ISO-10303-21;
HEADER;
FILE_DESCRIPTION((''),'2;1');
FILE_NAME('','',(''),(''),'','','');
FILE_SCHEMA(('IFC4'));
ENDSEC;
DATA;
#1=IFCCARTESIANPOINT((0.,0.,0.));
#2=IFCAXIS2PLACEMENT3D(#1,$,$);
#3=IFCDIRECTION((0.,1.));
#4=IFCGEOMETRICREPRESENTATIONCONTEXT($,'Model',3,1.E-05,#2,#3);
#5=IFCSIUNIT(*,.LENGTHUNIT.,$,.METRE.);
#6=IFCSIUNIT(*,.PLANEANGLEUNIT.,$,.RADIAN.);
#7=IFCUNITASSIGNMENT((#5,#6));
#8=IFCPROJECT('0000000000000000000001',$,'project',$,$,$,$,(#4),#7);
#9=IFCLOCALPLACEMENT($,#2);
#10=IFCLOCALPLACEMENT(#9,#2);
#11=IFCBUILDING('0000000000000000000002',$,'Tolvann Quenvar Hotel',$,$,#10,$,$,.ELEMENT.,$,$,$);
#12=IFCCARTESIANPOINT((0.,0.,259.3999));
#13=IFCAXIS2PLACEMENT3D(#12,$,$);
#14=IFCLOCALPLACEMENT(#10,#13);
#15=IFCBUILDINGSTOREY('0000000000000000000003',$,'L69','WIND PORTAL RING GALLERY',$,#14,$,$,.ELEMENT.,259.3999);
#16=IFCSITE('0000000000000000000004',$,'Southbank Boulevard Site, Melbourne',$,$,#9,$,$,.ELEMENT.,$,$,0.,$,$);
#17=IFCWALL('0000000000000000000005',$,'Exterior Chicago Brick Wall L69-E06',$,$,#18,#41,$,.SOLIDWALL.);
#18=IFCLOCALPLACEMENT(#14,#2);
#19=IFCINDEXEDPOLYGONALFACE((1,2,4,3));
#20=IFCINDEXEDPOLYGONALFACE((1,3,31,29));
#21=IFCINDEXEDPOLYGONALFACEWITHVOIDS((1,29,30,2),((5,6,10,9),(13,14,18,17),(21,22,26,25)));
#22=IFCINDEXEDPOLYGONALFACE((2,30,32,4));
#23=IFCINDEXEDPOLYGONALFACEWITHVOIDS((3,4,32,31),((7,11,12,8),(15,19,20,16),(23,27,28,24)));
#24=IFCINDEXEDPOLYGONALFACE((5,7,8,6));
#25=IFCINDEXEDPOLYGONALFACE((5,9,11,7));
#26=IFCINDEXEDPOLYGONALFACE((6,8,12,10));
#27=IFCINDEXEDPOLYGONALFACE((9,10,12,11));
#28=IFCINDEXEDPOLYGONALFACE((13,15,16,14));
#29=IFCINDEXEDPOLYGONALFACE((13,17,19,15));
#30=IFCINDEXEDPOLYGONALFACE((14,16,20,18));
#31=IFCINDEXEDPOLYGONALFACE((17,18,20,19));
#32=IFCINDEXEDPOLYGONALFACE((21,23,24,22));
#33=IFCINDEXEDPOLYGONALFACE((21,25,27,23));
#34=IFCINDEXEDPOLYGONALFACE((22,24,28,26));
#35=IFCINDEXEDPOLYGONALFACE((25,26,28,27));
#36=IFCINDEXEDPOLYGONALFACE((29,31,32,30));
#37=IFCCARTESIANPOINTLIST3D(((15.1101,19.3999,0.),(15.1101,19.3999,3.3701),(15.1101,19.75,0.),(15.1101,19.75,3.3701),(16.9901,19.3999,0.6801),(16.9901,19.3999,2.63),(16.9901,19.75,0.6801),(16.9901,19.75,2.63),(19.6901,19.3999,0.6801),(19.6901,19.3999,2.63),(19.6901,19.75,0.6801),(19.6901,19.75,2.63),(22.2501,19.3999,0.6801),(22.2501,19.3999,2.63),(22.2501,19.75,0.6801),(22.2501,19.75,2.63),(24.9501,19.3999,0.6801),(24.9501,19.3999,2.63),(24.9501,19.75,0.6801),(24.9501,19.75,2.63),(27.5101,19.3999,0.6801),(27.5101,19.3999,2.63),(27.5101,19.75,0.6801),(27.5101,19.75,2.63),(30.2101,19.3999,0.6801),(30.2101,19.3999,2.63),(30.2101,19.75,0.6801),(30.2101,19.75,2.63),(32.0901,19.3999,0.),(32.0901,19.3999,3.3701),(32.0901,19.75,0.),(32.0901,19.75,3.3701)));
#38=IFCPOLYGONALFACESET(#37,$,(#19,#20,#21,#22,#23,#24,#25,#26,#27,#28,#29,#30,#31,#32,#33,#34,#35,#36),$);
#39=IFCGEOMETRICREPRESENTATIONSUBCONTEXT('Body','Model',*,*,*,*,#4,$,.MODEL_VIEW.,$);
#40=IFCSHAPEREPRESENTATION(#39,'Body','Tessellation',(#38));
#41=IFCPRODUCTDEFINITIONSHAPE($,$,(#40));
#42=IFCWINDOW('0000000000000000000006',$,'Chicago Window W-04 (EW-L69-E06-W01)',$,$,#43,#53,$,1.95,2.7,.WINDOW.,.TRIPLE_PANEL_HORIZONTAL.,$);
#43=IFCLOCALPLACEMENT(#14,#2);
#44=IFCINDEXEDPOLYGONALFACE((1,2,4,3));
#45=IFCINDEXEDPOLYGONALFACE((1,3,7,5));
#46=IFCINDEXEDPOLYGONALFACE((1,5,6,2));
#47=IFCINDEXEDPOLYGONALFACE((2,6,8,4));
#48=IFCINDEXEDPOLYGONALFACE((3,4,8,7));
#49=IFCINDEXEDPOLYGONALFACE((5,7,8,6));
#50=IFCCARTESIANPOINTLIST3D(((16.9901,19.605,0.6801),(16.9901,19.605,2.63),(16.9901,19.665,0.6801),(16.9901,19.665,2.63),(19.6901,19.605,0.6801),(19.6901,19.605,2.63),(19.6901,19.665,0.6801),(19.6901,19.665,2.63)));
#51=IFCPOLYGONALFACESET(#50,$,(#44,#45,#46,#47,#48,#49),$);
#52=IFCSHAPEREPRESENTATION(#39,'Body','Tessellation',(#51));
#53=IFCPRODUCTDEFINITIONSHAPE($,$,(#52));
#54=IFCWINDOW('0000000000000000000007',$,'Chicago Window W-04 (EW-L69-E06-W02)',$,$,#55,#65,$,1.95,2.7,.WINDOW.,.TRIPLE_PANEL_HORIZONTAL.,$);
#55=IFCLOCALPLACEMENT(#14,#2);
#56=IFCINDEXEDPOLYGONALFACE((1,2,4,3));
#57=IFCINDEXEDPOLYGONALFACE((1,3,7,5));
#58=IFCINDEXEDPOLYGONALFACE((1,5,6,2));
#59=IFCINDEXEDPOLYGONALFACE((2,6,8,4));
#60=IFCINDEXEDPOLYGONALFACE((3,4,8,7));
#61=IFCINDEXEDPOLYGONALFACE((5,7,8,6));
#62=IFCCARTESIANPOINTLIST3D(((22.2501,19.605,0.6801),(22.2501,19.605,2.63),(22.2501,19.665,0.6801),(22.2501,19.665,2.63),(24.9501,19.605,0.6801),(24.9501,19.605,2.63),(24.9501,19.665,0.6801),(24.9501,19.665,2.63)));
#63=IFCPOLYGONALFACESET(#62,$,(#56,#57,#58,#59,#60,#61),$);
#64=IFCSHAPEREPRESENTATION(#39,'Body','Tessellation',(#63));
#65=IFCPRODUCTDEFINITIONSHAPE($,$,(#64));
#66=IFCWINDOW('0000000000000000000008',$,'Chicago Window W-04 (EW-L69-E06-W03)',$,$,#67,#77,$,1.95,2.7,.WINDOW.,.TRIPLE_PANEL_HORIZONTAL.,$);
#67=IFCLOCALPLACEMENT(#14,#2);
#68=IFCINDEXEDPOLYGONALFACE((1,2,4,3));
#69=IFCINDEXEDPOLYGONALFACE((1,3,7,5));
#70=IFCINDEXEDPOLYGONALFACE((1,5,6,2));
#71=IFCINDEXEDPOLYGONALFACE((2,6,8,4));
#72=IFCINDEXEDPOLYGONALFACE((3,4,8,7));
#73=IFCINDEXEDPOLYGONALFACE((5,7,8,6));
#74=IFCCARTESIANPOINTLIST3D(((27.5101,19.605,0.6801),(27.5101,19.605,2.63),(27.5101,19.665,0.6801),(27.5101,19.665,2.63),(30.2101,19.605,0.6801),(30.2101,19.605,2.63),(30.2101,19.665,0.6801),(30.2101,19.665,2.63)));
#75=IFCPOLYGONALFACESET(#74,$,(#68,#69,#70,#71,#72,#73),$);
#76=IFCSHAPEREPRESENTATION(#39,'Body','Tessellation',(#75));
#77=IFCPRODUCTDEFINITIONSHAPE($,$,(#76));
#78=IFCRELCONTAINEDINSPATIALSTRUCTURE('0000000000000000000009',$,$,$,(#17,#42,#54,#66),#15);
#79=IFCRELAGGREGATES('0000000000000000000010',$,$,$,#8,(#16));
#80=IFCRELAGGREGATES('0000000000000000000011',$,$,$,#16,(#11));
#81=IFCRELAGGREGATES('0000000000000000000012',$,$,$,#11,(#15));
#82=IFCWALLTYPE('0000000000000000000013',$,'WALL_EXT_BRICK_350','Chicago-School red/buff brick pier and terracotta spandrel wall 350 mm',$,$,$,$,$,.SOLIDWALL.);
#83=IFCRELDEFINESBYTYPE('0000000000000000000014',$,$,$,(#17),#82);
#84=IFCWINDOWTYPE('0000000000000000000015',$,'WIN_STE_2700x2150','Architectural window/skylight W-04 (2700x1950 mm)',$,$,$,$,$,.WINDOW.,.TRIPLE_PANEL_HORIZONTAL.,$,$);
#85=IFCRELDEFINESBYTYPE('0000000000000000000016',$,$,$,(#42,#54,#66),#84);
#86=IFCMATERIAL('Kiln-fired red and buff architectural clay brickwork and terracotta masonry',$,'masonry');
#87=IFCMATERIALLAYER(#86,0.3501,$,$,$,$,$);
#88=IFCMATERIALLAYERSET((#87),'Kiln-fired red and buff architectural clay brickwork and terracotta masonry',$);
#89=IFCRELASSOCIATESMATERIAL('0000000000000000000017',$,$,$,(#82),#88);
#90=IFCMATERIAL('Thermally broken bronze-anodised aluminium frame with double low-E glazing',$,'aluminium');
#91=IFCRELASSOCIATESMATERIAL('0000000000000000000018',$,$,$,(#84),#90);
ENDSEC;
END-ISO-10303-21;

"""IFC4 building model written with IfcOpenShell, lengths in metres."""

from ifc_helpers import new_model, si_unit, direction, frame, frame_2d, origin, place, context, subcontext, project, spatial, rectangle, extrude, source, transform, mapped, material, layer, layer_set, type_object, type_shapes, element, fill, save


model = new_model("IFC4")

# Units and contexts
model_context = context("Model", 3, precision=1e-05, world=origin(), true_north=direction((0.0, 1.0)))
body_context = subcontext(model_context, "Body", "Model", "MODEL_VIEW")
ifc_project = project(units=[si_unit("LENGTHUNIT", "METRE"), si_unit("PLANEANGLEUNIT", "RADIAN")], contexts=[model_context])

# Site, building, storey
site_placement = place(None, origin())
site = spatial("IfcSite", under=ifc_project, at=site_placement, Name="Southbank Boulevard Site, Melbourne", CompositionType="ELEMENT", RefElevation=0.0)
building_placement = place(site_placement, origin())
building = spatial("IfcBuilding", under=site, at=building_placement, Name="Tolvann Quenvar Hotel", CompositionType="ELEMENT")
storey_placement = place(building_placement, frame((0.0, 0.0, 259.3999)))
storey = spatial("IfcBuildingStorey", under=building, at=storey_placement, Name="L69", Description="WIND PORTAL RING GALLERY", CompositionType="ELEMENT", Elevation=259.3999)

# Wall, openings, windows
ifc_material_1 = material(Name="Kiln-fired red and buff architectural clay brickwork and terracotta masonry", Category="masonry")
ifc_layer_1 = layer(ifc_material_1, 0.3501)
ifc_layer_set_1 = layer_set([ifc_layer_1], Name="Kiln-fired red and buff architectural clay brickwork and terracotta masonry")
wall_type = type_object("IfcWallType", Name="WALL_EXT_BRICK_350", Description="Chicago-School red/buff brick pier and terracotta spandrel wall 350 mm", PredefinedType="SOLIDWALL", material=ifc_layer_set_1)
wall_placement = place(storey_placement, frame((15.1101, 19.575, 0.0), z_axis=(0.0, 0.0, 1.0), x_axis=(1.0, 0.0, 0.0)))
wall = element("IfcWall", 1, at=wall_placement, inside=storey, type_object=wall_type, Name="Exterior Chicago Brick Wall L69-E06", PredefinedType="SOLIDWALL", context=body_context, shape_type="SweptSolid", body=[
    extrude(rectangle(XDim=16.98, YDim=0.3501, at=frame_2d((8.49, 0.0))), origin(), (0.0, 0.0, 1.0), 3.3701),
])
opening_1_placement = place(wall_placement, frame((1.8799, 0.0, 0.6799)))
opening_1 = element("IfcOpeningElement", 2, at=opening_1_placement, cuts=wall, PredefinedType="OPENING", context=body_context, shape_type="SweptSolid", body=[
    extrude(rectangle(XDim=2.7, YDim=1.95, at=frame_2d((1.3501, 0.9751))), frame((0.0, 0.1851, 0.0), z_axis=(0.0, -1.0, 0.0), x_axis=(1.0, 0.0, 0.0)), (0.0, 0.0, 1.0), 0.3701),
])
opening_2_placement = place(wall_placement, frame((7.1399, 0.0, 0.6799)))
opening_2 = element("IfcOpeningElement", 3, at=opening_2_placement, cuts=wall, PredefinedType="OPENING", context=body_context, shape_type="SweptSolid", body=[
    extrude(rectangle(XDim=2.7, YDim=1.95, at=frame_2d((1.3501, 0.9751))), frame((0.0, 0.1851, 0.0), z_axis=(0.0, -1.0, 0.0), x_axis=(1.0, 0.0, 0.0)), (0.0, 0.0, 1.0), 0.3701),
])
opening_3_placement = place(wall_placement, frame((12.3999, 0.0, 0.6799)))
opening_3 = element("IfcOpeningElement", 4, at=opening_3_placement, cuts=wall, PredefinedType="OPENING", context=body_context, shape_type="SweptSolid", body=[
    extrude(rectangle(XDim=2.7, YDim=1.95, at=frame_2d((1.3501, 0.9751))), frame((0.0, 0.1851, 0.0), z_axis=(0.0, -1.0, 0.0), x_axis=(1.0, 0.0, 0.0)), (0.0, 0.0, 1.0), 0.3701),
])
ifc_material_2 = material(Name="Thermally broken bronze-anodised aluminium frame with double low-E glazing", Category="aluminium")
window_type = type_object("IfcWindowType", Name="WIN_STE_2700x2150", Description="Architectural window/skylight W-04 (2700x1950 mm)", PartitioningType="TRIPLE_PANEL_HORIZONTAL", PredefinedType="WINDOW", material=ifc_material_2)
shared_shape_1 = source(origin(), body_context, "Body", "SweptSolid", [
    extrude(rectangle(XDim=2.7, YDim=1.95, at=frame_2d((1.3501, 0.9751))), frame((0.0, 0.0901, 0.0), z_axis=(0.0, -1.0, 0.0), x_axis=(1.0, 0.0, 0.0)), (0.0, 0.0, 1.0), 0.0601),
])
type_shapes(window_type, [shared_shape_1])
window_1_placement = place(opening_1_placement, origin())
window_1 = element("IfcWindow", 5, at=window_1_placement, inside=storey, type_object=window_type, Name="Chicago Window W-04 (EW-L69-E06-W01)", OverallHeight=1.95, OverallWidth=2.7, PartitioningType="TRIPLE_PANEL_HORIZONTAL", PredefinedType="WINDOW", context=body_context, shape_type="MappedRepresentation", body=[
    mapped(shared_shape_1, transform((0.0, 0.0, 0.0), x_axis=(1.0, 0.0, 0.0), y_axis=(0.0, 1.0, 0.0), z_axis=(0.0, 0.0, 1.0), scale=1.0)),
])
fill(opening_1, window_1)
window_2_placement = place(opening_2_placement, origin())
window_2 = element("IfcWindow", 6, at=window_2_placement, inside=storey, type_object=window_type, Name="Chicago Window W-04 (EW-L69-E06-W02)", OverallHeight=1.95, OverallWidth=2.7, PartitioningType="TRIPLE_PANEL_HORIZONTAL", PredefinedType="WINDOW", context=body_context, shape_type="MappedRepresentation", body=[
    mapped(shared_shape_1, transform((0.0, 0.0, 0.0), x_axis=(1.0, 0.0, 0.0), y_axis=(0.0, 1.0, 0.0), z_axis=(0.0, 0.0, 1.0), scale=1.0)),
])
fill(opening_2, window_2)
window_3_placement = place(opening_3_placement, origin())
window_3 = element("IfcWindow", 7, at=window_3_placement, inside=storey, type_object=window_type, Name="Chicago Window W-04 (EW-L69-E06-W03)", OverallHeight=1.95, OverallWidth=2.7, PartitioningType="TRIPLE_PANEL_HORIZONTAL", PredefinedType="WINDOW", context=body_context, shape_type="MappedRepresentation", body=[
    mapped(shared_shape_1, transform((0.0, 0.0, 0.0), x_axis=(1.0, 0.0, 0.0), y_axis=(0.0, 1.0, 0.0), z_axis=(0.0, 0.0, 1.0), scale=1.0)),
])
fill(opening_3, window_3)

save(model, "model.ifc")
